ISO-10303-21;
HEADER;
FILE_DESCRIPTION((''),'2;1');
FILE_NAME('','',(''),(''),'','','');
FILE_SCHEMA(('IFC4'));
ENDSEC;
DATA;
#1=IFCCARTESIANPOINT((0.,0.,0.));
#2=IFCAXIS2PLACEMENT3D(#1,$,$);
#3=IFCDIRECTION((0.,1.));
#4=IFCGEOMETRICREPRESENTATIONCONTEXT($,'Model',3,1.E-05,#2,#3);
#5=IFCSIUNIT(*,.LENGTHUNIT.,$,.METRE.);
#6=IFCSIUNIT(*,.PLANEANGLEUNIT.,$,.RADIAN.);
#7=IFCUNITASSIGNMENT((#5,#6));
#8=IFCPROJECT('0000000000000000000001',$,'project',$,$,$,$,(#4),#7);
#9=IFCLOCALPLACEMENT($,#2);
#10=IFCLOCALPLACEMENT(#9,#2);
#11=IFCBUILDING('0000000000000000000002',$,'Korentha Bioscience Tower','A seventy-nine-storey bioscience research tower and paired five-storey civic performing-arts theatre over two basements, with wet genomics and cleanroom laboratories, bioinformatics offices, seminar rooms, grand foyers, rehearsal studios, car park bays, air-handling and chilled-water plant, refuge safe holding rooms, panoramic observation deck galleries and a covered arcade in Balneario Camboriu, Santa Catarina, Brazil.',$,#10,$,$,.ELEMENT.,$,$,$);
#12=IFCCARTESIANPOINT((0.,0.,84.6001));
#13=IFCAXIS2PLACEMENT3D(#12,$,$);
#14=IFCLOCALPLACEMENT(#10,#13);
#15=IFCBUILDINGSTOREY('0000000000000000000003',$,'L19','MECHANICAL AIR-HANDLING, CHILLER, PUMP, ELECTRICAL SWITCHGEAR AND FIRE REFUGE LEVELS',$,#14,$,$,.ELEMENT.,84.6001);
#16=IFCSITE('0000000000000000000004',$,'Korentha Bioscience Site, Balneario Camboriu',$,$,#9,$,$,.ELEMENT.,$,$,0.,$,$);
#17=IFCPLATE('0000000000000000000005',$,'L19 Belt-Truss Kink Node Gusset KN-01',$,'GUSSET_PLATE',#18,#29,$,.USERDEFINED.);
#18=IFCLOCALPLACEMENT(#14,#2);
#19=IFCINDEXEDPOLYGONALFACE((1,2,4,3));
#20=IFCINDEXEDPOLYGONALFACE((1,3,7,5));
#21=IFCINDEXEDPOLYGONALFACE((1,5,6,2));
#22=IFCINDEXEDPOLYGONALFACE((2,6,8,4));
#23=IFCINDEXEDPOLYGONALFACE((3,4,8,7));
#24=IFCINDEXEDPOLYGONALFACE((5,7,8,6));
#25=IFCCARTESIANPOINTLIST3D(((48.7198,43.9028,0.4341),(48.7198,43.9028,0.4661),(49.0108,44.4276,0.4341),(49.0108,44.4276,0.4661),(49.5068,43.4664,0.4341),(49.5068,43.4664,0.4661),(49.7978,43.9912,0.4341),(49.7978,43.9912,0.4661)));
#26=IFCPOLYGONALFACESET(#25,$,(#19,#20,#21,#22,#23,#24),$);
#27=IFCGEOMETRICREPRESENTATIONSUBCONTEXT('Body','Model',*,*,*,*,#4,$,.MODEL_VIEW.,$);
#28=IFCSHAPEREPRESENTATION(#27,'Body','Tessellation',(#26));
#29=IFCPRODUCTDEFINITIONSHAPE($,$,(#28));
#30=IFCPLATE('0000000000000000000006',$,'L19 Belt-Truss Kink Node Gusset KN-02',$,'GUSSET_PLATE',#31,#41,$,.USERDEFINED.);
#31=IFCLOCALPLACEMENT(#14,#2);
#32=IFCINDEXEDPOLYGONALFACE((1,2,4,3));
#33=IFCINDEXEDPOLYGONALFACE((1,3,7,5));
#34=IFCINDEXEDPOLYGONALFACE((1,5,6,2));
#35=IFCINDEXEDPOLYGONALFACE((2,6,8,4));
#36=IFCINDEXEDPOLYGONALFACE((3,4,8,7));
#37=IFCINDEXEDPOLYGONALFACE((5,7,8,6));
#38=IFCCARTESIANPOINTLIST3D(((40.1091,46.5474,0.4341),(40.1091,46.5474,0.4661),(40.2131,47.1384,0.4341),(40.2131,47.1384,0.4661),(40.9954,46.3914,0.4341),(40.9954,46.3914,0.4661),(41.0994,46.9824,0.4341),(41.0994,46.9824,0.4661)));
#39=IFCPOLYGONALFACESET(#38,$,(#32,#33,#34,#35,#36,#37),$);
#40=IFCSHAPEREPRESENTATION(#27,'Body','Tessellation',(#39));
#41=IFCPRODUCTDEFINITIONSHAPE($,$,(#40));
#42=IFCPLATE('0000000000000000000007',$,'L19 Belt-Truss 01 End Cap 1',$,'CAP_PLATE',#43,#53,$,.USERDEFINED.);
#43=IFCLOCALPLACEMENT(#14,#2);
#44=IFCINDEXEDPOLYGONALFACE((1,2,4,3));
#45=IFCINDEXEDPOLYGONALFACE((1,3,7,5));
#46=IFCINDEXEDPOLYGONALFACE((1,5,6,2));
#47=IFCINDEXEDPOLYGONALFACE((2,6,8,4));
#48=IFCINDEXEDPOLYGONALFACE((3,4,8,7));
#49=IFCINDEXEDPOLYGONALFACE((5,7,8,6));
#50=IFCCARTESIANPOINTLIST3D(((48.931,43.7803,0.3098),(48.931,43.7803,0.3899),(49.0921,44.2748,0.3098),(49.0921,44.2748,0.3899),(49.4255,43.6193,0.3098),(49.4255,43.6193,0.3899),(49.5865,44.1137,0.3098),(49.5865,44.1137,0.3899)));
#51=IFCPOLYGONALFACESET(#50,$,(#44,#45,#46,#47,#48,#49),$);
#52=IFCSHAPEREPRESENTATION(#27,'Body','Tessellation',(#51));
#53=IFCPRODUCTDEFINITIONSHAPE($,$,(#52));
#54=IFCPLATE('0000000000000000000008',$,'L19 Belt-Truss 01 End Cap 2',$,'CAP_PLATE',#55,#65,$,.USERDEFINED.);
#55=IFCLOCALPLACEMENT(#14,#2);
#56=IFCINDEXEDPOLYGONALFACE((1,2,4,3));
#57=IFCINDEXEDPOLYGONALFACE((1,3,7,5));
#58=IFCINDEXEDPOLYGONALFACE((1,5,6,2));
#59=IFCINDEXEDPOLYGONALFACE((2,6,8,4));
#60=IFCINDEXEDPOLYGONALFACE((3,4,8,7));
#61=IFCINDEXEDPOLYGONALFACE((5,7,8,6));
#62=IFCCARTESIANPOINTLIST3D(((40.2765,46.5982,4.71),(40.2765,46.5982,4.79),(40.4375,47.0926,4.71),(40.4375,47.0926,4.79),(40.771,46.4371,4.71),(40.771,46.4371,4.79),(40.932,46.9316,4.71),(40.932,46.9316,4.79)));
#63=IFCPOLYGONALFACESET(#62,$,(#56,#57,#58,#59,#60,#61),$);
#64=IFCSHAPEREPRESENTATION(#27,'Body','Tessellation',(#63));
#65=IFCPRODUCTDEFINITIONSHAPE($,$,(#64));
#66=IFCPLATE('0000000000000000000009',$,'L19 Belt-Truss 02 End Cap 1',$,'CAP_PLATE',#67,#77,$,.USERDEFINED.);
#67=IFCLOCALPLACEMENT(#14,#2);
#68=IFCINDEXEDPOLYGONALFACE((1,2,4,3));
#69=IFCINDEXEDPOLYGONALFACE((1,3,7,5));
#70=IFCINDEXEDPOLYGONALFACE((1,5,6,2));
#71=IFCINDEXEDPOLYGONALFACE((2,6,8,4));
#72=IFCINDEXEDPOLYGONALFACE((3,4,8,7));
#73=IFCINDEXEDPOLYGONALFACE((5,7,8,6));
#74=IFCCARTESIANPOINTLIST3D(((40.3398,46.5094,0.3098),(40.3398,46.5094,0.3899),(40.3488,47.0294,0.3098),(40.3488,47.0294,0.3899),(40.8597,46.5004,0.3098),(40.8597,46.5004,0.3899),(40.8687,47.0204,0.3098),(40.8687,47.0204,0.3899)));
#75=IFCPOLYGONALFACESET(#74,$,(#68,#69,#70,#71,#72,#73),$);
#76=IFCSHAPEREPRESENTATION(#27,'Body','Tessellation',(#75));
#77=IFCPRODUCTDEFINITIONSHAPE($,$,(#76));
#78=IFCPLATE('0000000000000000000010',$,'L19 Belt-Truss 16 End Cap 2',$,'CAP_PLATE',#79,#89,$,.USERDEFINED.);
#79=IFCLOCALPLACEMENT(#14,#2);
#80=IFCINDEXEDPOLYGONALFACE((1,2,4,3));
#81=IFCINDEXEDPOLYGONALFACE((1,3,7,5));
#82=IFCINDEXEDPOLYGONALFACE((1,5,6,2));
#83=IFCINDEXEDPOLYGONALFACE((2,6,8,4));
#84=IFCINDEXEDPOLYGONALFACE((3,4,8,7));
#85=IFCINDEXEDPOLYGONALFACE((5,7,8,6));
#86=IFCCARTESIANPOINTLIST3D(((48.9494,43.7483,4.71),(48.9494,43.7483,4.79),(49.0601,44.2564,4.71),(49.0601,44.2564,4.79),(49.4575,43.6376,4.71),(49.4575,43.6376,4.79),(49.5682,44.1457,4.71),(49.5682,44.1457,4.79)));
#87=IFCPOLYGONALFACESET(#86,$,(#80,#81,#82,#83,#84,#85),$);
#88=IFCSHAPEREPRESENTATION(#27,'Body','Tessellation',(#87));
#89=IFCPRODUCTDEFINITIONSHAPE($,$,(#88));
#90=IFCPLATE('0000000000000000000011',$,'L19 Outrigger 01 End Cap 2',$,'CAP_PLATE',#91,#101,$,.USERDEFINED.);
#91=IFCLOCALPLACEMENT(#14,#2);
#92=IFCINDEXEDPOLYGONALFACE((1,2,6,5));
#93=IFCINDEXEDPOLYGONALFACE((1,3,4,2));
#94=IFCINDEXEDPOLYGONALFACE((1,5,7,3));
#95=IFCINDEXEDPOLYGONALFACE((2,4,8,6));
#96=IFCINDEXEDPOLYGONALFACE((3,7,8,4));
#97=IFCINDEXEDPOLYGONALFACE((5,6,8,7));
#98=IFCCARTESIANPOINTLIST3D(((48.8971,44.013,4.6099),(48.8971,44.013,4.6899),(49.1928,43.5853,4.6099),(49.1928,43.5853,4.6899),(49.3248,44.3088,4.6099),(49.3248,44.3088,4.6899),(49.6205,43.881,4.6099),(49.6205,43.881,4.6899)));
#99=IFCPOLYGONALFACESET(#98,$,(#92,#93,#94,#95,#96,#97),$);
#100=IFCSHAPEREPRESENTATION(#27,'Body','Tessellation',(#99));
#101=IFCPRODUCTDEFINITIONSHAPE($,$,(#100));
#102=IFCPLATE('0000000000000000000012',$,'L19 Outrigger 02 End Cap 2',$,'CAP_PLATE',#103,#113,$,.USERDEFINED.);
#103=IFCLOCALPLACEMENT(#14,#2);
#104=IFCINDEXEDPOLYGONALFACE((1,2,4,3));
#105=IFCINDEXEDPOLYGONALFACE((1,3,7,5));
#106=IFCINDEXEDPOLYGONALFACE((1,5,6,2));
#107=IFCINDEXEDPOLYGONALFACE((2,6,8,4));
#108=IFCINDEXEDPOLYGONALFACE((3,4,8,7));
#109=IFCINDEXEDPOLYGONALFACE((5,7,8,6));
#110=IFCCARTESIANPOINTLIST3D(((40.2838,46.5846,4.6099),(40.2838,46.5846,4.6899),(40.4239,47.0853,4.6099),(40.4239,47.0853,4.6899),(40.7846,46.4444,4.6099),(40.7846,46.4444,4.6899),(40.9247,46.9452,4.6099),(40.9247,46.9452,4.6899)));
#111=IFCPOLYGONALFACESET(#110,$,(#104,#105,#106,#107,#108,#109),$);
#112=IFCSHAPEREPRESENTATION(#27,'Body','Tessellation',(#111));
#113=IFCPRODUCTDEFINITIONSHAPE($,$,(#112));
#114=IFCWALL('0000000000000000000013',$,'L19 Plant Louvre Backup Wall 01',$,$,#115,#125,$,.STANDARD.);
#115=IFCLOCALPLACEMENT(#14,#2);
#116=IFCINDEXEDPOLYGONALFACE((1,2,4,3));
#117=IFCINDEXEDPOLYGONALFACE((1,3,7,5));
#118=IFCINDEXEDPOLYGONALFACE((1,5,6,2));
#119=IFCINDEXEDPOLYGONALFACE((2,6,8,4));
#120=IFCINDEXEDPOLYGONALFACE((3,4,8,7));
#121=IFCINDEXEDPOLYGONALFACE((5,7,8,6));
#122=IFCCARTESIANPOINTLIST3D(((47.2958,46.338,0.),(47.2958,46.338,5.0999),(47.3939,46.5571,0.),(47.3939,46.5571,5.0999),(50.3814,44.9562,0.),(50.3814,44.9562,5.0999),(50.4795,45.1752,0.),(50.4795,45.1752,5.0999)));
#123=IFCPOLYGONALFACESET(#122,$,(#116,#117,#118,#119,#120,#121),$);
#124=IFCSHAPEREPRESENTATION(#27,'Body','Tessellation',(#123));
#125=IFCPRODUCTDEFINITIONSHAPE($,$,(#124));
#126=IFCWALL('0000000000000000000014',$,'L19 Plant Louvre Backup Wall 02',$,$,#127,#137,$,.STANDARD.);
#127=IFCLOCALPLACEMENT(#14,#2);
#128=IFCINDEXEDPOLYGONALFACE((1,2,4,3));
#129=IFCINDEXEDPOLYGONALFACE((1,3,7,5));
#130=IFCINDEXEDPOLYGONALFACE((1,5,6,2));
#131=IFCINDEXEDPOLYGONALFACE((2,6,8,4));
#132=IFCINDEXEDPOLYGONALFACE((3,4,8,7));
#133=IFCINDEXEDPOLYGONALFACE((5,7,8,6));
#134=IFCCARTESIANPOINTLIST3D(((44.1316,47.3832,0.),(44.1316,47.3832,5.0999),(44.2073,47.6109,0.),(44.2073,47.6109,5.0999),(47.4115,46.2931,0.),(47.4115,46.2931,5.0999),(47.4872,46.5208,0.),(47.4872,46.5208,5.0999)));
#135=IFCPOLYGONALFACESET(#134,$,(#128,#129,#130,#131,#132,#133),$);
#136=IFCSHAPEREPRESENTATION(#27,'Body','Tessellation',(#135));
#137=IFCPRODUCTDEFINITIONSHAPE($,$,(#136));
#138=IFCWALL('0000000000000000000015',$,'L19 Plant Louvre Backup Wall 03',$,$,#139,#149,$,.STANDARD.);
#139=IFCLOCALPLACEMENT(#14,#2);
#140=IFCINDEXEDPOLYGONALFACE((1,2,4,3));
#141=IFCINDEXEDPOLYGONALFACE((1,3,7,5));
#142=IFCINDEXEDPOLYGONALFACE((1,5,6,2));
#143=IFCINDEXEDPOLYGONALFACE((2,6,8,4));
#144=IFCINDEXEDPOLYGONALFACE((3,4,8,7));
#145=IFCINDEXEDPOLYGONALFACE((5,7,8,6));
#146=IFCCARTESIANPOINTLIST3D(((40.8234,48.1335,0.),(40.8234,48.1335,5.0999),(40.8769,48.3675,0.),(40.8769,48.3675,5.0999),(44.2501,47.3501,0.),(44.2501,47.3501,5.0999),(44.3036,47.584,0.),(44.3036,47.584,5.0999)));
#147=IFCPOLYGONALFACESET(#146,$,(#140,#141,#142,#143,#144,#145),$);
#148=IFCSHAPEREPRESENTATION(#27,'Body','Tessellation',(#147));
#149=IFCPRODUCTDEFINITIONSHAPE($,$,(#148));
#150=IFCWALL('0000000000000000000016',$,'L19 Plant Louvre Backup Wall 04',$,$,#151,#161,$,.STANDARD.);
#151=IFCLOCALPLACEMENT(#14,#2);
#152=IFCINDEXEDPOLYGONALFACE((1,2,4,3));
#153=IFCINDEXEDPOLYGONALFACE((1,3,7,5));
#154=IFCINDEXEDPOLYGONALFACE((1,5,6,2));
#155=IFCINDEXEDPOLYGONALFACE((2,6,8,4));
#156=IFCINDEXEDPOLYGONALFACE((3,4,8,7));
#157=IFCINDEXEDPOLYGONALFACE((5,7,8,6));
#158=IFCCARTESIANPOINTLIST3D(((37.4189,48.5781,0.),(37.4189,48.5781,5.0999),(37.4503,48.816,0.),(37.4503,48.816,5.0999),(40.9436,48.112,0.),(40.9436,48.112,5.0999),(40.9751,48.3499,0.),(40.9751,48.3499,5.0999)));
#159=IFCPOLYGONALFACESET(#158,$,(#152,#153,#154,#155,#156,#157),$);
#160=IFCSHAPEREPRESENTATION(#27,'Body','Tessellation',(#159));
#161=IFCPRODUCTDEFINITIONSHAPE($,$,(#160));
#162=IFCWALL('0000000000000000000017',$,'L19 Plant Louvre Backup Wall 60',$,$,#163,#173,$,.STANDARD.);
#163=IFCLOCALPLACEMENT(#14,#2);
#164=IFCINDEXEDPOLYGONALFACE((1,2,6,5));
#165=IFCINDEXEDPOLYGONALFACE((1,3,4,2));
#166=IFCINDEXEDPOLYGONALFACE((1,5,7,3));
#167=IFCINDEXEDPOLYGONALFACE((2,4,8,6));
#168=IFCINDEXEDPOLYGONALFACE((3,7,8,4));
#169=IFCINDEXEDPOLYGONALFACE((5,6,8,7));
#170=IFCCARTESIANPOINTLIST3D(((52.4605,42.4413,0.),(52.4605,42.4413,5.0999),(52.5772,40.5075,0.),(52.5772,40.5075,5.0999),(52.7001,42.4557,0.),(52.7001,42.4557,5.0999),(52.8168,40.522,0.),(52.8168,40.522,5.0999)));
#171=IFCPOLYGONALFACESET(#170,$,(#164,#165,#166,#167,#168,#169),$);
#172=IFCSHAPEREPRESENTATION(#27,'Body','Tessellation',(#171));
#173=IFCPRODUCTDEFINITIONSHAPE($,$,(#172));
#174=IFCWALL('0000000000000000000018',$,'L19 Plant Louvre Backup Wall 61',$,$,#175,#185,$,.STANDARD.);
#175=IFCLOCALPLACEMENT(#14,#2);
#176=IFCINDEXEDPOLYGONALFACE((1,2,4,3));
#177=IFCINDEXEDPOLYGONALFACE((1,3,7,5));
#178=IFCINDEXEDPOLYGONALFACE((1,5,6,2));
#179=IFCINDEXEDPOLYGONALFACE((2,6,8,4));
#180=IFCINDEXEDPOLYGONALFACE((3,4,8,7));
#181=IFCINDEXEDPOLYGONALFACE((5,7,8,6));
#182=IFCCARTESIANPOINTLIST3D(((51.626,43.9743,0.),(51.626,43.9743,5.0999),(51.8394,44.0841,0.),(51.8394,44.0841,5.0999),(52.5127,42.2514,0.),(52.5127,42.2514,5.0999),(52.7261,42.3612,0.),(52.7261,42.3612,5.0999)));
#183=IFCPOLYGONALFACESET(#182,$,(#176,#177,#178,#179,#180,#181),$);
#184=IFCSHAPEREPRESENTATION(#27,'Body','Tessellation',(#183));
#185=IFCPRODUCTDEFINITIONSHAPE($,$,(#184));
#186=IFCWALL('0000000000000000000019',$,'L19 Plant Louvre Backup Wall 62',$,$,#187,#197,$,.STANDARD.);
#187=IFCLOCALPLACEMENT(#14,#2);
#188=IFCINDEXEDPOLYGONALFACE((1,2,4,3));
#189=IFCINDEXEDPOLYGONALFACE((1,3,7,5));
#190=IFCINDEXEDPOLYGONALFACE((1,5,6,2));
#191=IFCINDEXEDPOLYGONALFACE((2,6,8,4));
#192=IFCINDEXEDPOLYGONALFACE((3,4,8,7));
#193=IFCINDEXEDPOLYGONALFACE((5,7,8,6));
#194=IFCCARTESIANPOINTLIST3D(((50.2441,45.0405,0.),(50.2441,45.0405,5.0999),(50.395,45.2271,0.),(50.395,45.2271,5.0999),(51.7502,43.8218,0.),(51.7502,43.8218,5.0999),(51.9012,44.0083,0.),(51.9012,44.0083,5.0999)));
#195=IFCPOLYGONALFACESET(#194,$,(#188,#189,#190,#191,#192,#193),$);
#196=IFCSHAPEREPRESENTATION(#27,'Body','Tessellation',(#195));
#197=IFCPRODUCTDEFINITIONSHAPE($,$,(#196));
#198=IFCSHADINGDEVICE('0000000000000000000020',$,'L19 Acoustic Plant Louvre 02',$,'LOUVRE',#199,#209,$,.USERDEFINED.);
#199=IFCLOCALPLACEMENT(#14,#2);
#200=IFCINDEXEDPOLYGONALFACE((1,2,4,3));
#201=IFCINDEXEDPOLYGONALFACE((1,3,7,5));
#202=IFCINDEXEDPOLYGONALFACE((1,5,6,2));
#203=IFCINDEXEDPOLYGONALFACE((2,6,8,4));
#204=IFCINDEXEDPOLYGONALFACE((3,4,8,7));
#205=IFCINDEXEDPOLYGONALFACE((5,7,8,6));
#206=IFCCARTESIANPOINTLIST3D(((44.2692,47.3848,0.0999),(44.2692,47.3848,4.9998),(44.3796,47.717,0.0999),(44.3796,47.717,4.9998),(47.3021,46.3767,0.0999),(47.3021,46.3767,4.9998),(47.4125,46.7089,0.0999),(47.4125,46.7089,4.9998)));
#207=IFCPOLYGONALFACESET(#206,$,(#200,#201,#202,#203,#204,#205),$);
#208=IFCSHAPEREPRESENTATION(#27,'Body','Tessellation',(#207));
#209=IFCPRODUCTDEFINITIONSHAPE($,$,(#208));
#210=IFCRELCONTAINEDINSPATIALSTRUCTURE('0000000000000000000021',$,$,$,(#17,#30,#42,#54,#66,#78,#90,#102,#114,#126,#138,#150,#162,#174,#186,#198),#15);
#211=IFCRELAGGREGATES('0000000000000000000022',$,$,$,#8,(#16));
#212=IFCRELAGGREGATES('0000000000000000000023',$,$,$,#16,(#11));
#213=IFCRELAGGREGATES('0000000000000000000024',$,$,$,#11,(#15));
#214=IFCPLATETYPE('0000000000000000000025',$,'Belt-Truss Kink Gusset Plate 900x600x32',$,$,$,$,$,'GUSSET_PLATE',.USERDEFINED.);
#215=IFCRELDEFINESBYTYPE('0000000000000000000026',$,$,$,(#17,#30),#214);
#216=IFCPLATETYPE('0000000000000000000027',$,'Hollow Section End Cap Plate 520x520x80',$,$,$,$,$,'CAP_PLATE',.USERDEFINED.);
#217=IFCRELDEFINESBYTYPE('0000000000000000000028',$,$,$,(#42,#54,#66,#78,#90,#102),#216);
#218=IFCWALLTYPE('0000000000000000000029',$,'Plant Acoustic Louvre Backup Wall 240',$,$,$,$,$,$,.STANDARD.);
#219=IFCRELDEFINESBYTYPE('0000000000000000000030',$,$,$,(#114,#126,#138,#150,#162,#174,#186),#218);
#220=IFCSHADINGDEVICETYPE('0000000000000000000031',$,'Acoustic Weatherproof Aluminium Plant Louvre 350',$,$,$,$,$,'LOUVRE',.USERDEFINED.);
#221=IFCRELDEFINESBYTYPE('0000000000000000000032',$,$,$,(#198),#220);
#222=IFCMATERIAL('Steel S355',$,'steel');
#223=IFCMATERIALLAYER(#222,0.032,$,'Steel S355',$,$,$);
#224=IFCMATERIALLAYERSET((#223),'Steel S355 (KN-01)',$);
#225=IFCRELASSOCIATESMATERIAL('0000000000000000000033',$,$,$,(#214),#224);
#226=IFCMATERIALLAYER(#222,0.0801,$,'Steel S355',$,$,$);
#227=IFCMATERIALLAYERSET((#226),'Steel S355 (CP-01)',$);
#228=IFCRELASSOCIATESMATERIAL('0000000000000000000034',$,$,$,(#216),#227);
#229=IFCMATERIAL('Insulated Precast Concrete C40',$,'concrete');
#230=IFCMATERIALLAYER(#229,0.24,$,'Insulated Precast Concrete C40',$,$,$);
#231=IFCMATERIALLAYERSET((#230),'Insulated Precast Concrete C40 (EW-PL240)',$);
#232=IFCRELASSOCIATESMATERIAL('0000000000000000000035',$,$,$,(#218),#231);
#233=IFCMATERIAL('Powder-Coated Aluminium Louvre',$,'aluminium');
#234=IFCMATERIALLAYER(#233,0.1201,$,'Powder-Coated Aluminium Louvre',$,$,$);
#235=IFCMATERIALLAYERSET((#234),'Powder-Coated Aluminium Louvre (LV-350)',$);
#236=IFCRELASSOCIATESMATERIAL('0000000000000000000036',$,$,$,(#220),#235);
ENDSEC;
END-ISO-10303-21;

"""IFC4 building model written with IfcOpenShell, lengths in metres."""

from ifc_helpers import new_model, si_unit, direction, frame, frame_2d, origin, origin_2d, place, context, subcontext, project, spatial, rectangle, extrude, material, layer, layer_set, type_object, element, save


model = new_model("IFC4")

# Units and contexts
model_context = context("Model", 3, precision=1e-05, world=origin(), true_north=direction((0.0, 1.0)))
body_context = subcontext(model_context, "Body", "Model", "MODEL_VIEW")
ifc_project = project(units=[si_unit("LENGTHUNIT", "METRE"), si_unit("PLANEANGLEUNIT", "RADIAN")], contexts=[model_context])

# Site, building, storey
site_placement = place(None, origin())
site = spatial("IfcSite", under=ifc_project, at=site_placement, Name="Korentha Bioscience Site, Balneario Camboriu", CompositionType="ELEMENT", RefElevation=0.0)
building_placement = place(site_placement, origin())
building = spatial("IfcBuilding", under=site, at=building_placement, Name="Korentha Bioscience Tower", Description="A seventy-nine-storey bioscience research tower and paired five-storey civic performing-arts theatre over two basements, with wet genomics and cleanroom laboratories, bioinformatics offices, seminar rooms, grand foyers, rehearsal studios, car park bays, air-handling and chilled-water plant, refuge safe holding rooms, panoramic observation deck galleries and a covered arcade in Balneario Camboriu, Santa Catarina, Brazil.", CompositionType="ELEMENT")
storey_placement = place(building_placement, frame((0.0, 0.0, 84.6001)))
storey = spatial("IfcBuildingStorey", under=building, at=storey_placement, Name="L19", Description="MECHANICAL AIR-HANDLING, CHILLER, PUMP, ELECTRICAL SWITCHGEAR AND FIRE REFUGE LEVELS", CompositionType="ELEMENT", Elevation=84.6001)

# Shared definitions
ifc_material_1 = material(Name="Steel S355", Category="steel")

# Plates
ifc_layer_1 = layer(ifc_material_1, 0.032, Name="Steel S355")
ifc_layer_set_1 = layer_set([ifc_layer_1], Name="Steel S355 (KN-01)")
plate_type_1 = type_object("IfcPlateType", Name="Belt-Truss Kink Gusset Plate 900x600x32", ElementType="GUSSET_PLATE", PredefinedType="USERDEFINED", material=ifc_layer_set_1)
for number, where, z_axis, x_axis, name in (
    (1, (49.2588, 43.947, 0.4341), (0.0, 0.0, 1.0), (-0.874535, 0.484962, 0.0), "L19 Belt-Truss Kink Node Gusset KN-01"),
    (2, (40.6042, 46.7649, 0.4341), (0.0, 0.0, 1.0), (-0.984868, 0.173304, 0.0), "L19 Belt-Truss Kink Node Gusset KN-02"),
):
    element("IfcPlate", number, at=place(storey_placement, frame(where, z_axis=z_axis, x_axis=x_axis)), inside=storey, type_object=plate_type_1, Name=name, ObjectType="GUSSET_PLATE", PredefinedType="USERDEFINED", context=body_context, shape_type="SweptSolid", body=[
        extrude(rectangle(XDim=0.8999, YDim=0.6001, at=origin_2d()), origin(), (0.0, 0.0, 1.0), 0.032),
    ])
ifc_layer_2 = layer(ifc_material_1, 0.0801, Name="Steel S355")
ifc_layer_set_2 = layer_set([ifc_layer_2], Name="Steel S355 (CP-01)")
plate_type_2 = type_object("IfcPlateType", Name="Hollow Section End Cap Plate 520x520x80", ElementType="CAP_PLATE", PredefinedType="USERDEFINED", material=ifc_layer_set_2)
for number, where, z_axis, x_axis, name in (
    (3, (49.2588, 43.947, 0.3098), (0.0, 0.0, 1.0), (-0.950841, 0.309681, 0.0), "L19 Belt-Truss 01 End Cap 1"),
    (4, (40.6042, 46.7649, 4.71), (0.0, 0.0, 1.0), (-0.950841, 0.309681, 0.0), "L19 Belt-Truss 01 End Cap 2"),
    (5, (40.6042, 46.7649, 0.3098), (0.0, 0.0, 1.0), (-0.999851, 0.017278, 0.0), "L19 Belt-Truss 02 End Cap 1"),
    (6, (49.2588, 43.947, 4.71), (0.0, 0.0, 1.0), (0.21286, 0.977083, 0.0), "L19 Belt-Truss 16 End Cap 2"),
    (7, (49.2588, 43.947, 4.6099), (0.0, 0.0, 1.0), (0.822541, 0.568705, 0.0), "L19 Outrigger 01 End Cap 2"),
    (8, (40.6042, 46.7649, 4.6099), (0.0, 0.0, 1.0), (0.269424, 0.963022, 0.0), "L19 Outrigger 02 End Cap 2"),
):
    element("IfcPlate", number, at=place(storey_placement, frame(where, z_axis=z_axis, x_axis=x_axis)), inside=storey, type_object=plate_type_2, Name=name, ObjectType="CAP_PLATE", PredefinedType="USERDEFINED", context=body_context, shape_type="SweptSolid", body=[
        extrude(rectangle(XDim=0.52, YDim=0.52, at=origin_2d()), origin(), (0.0, 0.0, 1.0), 0.0801),
    ])

# Walls
ifc_material_2 = material(Name="Insulated Precast Concrete C40", Category="concrete")
ifc_layer_3 = layer(ifc_material_2, 0.24, Name="Insulated Precast Concrete C40")
ifc_layer_set_3 = layer_set([ifc_layer_3], Name="Insulated Precast Concrete C40 (EW-PL240)")
wall_type = type_object("IfcWallType", Name="Plant Acoustic Louvre Backup Wall 240", PredefinedType="STANDARD", material=ifc_layer_set_3)
wall_1_placement = place(storey_placement, frame((50.4304, 45.0657, 0.0), z_axis=(0.0, 0.0, 1.0), x_axis=(-0.912652, 0.408737, 0.0)))
element("IfcWall", 9, at=wall_1_placement, inside=storey, type_object=wall_type, Name="L19 Plant Louvre Backup Wall 01", PredefinedType="STANDARD", context=body_context, shape_type="SweptSolid", body=[
    extrude(rectangle(XDim=3.3809, YDim=0.24, at=frame_2d((1.6904, 0.0))), origin(), (0.0, 0.0, 1.0), 5.0999),
])
wall_2_placement = place(storey_placement, frame((47.4492, 46.407, 0.0), z_axis=(0.0, 0.0, 1.0), x_axis=(-0.948958, 0.315401, 0.0)))
element("IfcWall", 10, at=wall_2_placement, inside=storey, type_object=wall_type, Name="L19 Plant Louvre Backup Wall 02", PredefinedType="STANDARD", context=body_context, shape_type="SweptSolid", body=[
    extrude(rectangle(XDim=3.4563, YDim=0.24, at=frame_2d((1.728, 0.0))), origin(), (0.0, 0.0, 1.0), 5.0999),
])
wall_3_placement = place(storey_placement, frame((44.2769, 47.467, 0.0), z_axis=(0.0, 0.0, 1.0), x_axis=(-0.974847, 0.222876, 0.0)))
element("IfcWall", 11, at=wall_3_placement, inside=storey, type_object=wall_type, Name="L19 Plant Louvre Backup Wall 03", PredefinedType="STANDARD", context=body_context, shape_type="SweptSolid", body=[
    extrude(rectangle(XDim=3.5151, YDim=0.24, at=frame_2d((1.7576, 0.0))), origin(), (0.0, 0.0, 1.0), 5.0999),
])
wall_4_placement = place(storey_placement, frame((40.9595, 48.231, 0.0), z_axis=(0.0, 0.0, 1.0), x_axis=(-0.991371, 0.131089, 0.0)))
element("IfcWall", 12, at=wall_4_placement, inside=storey, type_object=wall_type, Name="L19 Plant Louvre Backup Wall 04", PredefinedType="STANDARD", context=body_context, shape_type="SweptSolid", body=[
    extrude(rectangle(XDim=3.5554, YDim=0.24, at=frame_2d((1.7778, 0.0))), origin(), (0.0, 0.0, 1.0), 5.0999),
])
wall_5_placement = place(storey_placement, frame((52.697, 40.5146, 0.0), z_axis=(0.0, 0.0, 1.0), x_axis=(-0.060236, 0.998184, 0.0)))
element("IfcWall", 13, at=wall_5_placement, inside=storey, type_object=wall_type, Name="L19 Plant Louvre Backup Wall 60", PredefinedType="STANDARD", context=body_context, shape_type="SweptSolid", body=[
    extrude(rectangle(XDim=1.9373, YDim=0.24, at=frame_2d((0.9688, 0.0))), origin(), (0.0, 0.0, 1.0), 5.0999),
])
wall_6_placement = place(storey_placement, frame((52.6194, 42.3064, 0.0), z_axis=(0.0, 0.0, 1.0), x_axis=(-0.457616, 0.88915, 0.0)))
element("IfcWall", 14, at=wall_6_placement, inside=storey, type_object=wall_type, Name="L19 Plant Louvre Backup Wall 61", PredefinedType="STANDARD", context=body_context, shape_type="SweptSolid", body=[
    extrude(rectangle(XDim=1.9377, YDim=0.24, at=frame_2d((0.9688, 0.0))), origin(), (0.0, 0.0, 1.0), 5.0999),
])
wall_7_placement = place(storey_placement, frame((51.8257, 43.915, 0.0), z_axis=(0.0, 0.0, 1.0), x_axis=(-0.777365, 0.62905, 0.0)))
element("IfcWall", 15, at=wall_7_placement, inside=storey, type_object=wall_type, Name="L19 Plant Louvre Backup Wall 62", PredefinedType="STANDARD", context=body_context, shape_type="SweptSolid", body=[
    extrude(rectangle(XDim=1.9375, YDim=0.24, at=frame_2d((0.9688, 0.0))), origin(), (0.0, 0.0, 1.0), 5.0999),
])

# Shading device
ifc_material_3 = material(Name="Powder-Coated Aluminium Louvre", Category="aluminium")
ifc_layer_4 = layer(ifc_material_3, 0.1201, Name="Powder-Coated Aluminium Louvre")
ifc_layer_set_4 = layer_set([ifc_layer_4], Name="Powder-Coated Aluminium Louvre (LV-350)")
shading_device_type = type_object("IfcShadingDeviceType", Name="Acoustic Weatherproof Aluminium Plant Louvre 350", ElementType="LOUVRE", PredefinedType="USERDEFINED", material=ifc_layer_set_4)
shading_device_1_placement = place(storey_placement, frame((45.8408, 47.0469, 0.0999), z_axis=(0.0, 0.0, 1.0), x_axis=(-0.948951, 0.315423, 0.0)))
element("IfcShadingDevice", 16, at=shading_device_1_placement, inside=storey, type_object=shading_device_type, Name="L19 Acoustic Plant Louvre 02", ObjectType="LOUVRE", PredefinedType="USERDEFINED", context=body_context, shape_type="SweptSolid", body=[
    extrude(rectangle(XDim=3.196, YDim=0.3501, at=origin_2d()), origin(), (0.0, 0.0, 1.0), 4.8999),
])

save(model, "model.ifc")
